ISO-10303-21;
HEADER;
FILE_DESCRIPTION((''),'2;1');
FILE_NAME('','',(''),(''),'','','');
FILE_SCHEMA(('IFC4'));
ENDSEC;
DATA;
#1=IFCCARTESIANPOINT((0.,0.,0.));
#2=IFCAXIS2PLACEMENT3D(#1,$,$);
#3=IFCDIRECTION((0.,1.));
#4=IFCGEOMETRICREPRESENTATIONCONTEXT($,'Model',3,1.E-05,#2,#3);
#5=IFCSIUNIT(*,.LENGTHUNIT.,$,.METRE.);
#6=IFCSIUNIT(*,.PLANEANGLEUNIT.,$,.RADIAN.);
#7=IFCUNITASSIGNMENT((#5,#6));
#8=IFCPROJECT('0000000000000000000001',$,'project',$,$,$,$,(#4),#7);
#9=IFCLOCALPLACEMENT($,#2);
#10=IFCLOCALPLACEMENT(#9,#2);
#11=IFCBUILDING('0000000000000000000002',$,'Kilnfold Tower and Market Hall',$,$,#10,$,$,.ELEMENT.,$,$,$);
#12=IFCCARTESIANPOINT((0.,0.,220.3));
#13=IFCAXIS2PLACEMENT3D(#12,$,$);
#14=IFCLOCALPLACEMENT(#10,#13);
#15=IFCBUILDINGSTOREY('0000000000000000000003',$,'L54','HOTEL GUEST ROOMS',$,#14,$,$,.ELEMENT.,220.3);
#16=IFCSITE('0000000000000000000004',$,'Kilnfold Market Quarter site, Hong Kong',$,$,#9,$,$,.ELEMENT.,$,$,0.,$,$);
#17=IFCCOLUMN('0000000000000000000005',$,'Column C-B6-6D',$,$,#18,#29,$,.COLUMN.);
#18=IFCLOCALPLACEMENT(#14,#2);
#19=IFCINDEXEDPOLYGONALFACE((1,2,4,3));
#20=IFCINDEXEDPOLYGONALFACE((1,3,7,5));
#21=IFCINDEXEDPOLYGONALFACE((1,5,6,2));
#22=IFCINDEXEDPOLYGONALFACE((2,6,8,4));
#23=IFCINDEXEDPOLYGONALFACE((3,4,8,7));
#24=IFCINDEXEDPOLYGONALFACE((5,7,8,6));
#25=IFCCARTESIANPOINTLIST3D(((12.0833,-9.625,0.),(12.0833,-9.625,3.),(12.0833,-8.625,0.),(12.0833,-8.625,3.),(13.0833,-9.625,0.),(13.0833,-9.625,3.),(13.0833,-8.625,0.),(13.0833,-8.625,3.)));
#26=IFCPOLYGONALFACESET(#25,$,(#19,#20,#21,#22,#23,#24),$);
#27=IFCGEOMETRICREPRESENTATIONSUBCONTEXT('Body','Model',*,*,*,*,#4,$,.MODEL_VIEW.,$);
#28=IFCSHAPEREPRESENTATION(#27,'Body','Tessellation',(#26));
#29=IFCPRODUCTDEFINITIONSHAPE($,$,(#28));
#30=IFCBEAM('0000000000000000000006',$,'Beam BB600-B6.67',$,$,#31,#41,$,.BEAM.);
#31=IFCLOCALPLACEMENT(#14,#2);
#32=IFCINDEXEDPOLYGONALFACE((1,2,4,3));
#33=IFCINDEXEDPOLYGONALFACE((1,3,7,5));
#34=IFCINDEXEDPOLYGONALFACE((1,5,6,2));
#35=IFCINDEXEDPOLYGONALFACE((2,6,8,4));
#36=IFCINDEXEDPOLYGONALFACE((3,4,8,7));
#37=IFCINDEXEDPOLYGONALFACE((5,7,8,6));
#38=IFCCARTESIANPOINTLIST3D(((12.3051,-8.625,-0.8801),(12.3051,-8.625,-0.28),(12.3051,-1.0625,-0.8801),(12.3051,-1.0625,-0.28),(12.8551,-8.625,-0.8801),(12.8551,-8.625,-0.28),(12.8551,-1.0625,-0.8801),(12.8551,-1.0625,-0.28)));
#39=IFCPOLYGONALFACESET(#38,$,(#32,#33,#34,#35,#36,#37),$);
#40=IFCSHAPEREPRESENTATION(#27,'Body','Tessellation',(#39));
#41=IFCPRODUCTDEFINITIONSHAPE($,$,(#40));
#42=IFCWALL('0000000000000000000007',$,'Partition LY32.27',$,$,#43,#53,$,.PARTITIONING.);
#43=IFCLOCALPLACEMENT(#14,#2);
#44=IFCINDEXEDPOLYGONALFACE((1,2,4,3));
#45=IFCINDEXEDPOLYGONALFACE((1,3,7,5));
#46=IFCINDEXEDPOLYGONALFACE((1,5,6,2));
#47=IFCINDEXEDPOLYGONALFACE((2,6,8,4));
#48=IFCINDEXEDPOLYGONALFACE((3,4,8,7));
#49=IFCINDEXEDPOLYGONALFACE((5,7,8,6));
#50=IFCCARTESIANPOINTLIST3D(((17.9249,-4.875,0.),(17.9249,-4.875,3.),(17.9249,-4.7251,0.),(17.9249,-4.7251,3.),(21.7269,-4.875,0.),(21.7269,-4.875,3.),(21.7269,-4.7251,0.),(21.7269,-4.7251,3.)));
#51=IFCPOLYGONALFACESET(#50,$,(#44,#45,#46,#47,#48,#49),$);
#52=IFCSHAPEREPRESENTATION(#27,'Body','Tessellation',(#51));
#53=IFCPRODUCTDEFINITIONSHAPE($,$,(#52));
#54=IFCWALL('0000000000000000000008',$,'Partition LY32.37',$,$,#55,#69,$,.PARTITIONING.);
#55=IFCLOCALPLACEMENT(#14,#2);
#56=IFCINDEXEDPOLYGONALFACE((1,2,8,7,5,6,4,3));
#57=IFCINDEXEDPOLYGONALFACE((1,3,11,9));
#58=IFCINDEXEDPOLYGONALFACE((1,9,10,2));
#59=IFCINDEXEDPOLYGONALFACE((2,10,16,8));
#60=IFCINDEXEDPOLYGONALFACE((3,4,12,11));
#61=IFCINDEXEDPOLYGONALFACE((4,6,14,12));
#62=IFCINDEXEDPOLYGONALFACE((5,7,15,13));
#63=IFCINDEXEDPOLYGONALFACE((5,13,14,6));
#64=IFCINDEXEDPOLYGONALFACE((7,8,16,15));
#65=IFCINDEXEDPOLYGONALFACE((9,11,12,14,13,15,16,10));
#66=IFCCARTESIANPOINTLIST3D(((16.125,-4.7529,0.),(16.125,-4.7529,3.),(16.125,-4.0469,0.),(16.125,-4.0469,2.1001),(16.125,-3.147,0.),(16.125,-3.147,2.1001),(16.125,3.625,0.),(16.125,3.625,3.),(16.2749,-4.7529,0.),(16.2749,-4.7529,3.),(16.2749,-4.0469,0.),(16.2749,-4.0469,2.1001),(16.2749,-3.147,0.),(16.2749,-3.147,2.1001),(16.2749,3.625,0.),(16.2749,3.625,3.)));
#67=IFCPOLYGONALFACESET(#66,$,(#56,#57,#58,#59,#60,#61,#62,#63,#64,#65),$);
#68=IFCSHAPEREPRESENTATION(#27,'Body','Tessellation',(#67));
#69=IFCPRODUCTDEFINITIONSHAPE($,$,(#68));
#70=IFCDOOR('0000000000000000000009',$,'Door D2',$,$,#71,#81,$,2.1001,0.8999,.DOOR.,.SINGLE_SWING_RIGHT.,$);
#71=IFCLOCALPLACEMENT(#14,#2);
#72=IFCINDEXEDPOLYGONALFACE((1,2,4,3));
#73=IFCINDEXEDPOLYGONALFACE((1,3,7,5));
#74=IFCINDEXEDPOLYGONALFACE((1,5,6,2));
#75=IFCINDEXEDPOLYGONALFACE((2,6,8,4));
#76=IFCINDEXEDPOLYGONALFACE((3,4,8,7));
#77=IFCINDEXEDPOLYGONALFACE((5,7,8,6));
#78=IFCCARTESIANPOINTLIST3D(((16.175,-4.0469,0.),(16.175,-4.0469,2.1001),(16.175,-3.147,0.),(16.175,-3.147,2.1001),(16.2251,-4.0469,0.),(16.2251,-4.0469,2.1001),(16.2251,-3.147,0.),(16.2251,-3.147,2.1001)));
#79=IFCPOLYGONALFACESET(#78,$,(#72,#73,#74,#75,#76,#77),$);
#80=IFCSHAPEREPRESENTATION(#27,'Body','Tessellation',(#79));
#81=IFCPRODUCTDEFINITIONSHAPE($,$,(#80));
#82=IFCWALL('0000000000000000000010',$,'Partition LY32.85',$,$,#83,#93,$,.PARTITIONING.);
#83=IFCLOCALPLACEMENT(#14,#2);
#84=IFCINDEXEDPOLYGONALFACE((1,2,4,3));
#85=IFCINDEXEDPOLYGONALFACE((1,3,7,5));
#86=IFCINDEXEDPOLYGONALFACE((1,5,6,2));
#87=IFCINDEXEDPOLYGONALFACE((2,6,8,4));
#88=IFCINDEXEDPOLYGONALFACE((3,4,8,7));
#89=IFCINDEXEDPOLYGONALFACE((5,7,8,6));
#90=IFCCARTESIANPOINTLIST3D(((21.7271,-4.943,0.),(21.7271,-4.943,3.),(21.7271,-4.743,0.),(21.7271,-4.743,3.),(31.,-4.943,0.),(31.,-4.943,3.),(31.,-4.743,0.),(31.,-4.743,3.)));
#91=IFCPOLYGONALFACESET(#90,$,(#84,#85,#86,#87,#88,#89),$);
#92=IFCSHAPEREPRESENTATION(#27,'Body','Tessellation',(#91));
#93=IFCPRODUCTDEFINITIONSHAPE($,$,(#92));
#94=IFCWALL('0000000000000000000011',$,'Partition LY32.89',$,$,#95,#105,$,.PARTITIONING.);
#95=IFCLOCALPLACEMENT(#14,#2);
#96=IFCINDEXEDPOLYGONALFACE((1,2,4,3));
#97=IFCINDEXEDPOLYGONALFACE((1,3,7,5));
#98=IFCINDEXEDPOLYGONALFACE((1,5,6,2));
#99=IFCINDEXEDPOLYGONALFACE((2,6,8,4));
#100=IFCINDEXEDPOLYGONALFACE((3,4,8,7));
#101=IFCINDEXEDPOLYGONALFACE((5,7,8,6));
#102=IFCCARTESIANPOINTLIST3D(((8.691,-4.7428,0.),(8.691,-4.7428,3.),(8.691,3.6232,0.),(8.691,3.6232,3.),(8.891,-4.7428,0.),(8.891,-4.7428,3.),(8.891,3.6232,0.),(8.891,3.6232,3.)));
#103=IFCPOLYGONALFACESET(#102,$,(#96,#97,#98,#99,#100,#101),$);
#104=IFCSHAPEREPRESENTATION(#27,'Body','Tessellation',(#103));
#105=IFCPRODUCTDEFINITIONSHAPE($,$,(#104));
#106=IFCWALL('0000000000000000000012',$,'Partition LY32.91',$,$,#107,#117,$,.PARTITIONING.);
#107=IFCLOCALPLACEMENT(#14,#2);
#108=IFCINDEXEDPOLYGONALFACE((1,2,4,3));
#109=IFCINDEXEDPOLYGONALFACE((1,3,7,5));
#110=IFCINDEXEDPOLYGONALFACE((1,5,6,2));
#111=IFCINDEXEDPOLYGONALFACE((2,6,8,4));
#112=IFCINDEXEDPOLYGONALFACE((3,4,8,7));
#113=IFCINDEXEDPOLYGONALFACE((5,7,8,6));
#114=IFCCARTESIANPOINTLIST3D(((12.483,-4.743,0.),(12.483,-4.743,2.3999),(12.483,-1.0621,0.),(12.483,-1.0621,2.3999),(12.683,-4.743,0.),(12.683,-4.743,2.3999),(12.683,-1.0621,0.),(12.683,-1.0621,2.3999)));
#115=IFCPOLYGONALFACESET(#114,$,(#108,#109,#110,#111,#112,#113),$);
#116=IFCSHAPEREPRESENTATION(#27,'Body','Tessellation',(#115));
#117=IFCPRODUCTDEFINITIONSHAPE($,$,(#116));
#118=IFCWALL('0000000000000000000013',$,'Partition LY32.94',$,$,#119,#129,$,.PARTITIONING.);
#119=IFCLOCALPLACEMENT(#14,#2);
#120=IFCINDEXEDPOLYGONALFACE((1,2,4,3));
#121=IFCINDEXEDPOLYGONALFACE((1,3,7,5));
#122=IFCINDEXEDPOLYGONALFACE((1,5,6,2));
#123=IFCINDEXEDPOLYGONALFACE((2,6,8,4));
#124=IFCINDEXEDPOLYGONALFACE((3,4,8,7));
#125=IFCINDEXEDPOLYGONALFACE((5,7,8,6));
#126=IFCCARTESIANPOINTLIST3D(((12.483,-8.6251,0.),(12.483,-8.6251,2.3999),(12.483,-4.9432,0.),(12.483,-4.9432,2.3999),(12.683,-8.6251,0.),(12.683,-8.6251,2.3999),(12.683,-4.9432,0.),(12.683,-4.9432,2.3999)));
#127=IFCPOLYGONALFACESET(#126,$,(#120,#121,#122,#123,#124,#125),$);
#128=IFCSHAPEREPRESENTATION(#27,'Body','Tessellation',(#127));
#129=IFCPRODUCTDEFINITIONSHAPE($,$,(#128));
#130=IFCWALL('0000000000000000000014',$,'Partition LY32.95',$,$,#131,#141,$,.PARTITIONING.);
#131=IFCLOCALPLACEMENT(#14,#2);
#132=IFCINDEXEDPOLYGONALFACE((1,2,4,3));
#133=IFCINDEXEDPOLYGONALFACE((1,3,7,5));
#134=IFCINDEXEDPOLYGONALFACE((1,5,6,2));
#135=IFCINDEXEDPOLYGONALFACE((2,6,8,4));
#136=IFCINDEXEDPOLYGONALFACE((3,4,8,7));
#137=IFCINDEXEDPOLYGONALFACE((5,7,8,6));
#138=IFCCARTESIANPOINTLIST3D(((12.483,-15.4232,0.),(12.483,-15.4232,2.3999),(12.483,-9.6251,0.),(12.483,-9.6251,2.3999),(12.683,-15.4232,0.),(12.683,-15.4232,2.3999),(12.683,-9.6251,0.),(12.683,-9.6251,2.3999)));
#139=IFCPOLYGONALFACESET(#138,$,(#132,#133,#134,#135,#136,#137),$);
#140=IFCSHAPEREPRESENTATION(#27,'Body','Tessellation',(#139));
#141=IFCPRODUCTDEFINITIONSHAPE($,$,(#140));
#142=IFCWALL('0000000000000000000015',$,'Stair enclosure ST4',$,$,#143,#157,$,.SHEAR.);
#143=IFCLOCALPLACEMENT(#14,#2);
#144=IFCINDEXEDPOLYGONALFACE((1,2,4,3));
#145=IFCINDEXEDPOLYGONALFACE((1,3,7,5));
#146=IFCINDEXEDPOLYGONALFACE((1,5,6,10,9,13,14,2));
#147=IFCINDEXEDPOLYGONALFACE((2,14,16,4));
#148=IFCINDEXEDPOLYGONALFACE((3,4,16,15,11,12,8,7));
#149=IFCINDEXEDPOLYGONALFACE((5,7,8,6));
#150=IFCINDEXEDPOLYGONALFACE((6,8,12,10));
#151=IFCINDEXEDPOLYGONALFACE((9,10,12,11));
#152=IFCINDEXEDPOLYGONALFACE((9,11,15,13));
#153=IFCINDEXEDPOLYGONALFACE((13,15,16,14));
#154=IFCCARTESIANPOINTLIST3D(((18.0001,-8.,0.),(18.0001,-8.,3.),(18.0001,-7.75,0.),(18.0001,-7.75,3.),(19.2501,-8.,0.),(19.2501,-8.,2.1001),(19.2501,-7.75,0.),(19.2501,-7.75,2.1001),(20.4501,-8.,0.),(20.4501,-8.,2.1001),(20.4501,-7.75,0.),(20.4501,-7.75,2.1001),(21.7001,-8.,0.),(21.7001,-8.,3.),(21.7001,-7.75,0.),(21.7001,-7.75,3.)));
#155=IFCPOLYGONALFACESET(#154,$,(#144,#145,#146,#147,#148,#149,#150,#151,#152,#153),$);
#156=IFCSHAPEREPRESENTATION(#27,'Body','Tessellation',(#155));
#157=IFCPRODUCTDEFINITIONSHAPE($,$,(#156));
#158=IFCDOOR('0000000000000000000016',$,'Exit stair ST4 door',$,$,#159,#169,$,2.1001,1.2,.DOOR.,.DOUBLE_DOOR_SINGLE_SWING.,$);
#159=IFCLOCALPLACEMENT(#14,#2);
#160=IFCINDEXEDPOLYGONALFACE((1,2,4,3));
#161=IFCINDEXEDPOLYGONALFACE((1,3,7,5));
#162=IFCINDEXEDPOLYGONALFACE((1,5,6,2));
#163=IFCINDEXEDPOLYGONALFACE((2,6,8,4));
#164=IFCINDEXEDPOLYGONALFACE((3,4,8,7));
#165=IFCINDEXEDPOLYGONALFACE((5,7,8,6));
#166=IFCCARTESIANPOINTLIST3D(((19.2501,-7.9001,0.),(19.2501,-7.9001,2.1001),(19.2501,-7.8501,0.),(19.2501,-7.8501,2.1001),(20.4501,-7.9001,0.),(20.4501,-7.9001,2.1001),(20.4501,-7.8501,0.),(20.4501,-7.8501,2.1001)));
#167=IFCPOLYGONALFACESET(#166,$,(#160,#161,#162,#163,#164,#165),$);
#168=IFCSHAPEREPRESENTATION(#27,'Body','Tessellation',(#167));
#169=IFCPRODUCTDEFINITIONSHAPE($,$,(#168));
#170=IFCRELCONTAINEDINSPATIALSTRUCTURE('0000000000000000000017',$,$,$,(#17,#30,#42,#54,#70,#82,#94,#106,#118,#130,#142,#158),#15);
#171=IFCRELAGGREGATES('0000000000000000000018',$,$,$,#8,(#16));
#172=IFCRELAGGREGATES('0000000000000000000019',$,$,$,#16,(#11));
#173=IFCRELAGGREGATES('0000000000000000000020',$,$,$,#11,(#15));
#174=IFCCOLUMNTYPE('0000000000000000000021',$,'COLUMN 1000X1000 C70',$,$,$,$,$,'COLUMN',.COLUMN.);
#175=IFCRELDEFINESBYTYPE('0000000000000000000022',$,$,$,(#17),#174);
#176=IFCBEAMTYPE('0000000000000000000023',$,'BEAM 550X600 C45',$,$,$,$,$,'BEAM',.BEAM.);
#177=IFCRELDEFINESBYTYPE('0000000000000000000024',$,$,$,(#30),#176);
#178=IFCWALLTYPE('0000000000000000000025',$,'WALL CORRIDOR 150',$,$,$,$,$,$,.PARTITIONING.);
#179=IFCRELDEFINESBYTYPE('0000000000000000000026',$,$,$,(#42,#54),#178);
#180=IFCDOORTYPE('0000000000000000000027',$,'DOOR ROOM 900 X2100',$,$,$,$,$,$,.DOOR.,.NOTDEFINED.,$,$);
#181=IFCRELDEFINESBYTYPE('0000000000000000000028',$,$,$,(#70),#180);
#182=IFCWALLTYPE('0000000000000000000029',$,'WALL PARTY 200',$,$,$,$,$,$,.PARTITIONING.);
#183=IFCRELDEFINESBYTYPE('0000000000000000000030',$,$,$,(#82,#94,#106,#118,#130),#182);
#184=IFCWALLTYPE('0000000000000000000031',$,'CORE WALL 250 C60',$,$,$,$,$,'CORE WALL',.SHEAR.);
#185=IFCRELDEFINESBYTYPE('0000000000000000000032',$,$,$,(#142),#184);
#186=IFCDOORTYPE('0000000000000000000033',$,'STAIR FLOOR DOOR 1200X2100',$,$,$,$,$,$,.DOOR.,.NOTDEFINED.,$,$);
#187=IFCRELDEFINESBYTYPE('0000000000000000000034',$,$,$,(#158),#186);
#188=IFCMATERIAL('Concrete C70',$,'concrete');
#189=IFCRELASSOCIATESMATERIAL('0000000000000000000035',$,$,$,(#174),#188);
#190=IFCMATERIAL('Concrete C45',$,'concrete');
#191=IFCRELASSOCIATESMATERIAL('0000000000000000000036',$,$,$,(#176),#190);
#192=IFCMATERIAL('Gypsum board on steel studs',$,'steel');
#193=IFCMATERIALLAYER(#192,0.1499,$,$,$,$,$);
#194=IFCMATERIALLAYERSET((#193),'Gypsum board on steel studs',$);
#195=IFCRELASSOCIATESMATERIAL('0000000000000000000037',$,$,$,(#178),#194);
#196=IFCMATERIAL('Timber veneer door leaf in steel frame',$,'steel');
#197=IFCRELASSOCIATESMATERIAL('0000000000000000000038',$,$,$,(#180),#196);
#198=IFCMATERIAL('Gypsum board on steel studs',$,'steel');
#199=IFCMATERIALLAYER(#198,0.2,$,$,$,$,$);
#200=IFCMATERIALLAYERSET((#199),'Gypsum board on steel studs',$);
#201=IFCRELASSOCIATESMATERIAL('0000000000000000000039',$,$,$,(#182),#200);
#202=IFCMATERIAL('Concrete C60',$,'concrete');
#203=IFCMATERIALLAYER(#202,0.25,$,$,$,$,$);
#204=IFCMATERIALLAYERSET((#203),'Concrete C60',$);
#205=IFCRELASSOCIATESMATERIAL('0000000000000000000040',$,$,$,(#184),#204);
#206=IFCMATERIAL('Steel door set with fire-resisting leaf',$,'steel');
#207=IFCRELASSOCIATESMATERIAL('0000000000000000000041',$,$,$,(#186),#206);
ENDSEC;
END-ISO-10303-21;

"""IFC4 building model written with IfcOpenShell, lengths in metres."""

from ifc_helpers import new_model, si_unit, direction, frame, frame_2d, origin, origin_2d, place, context, subcontext, project, spatial, rectangle, extrude, source, transform, mapped, material, layer, layer_set, material_profile, profile_set, type_object, element, fill, save


model = new_model("IFC4")

# Units and contexts
model_context = context("Model", 3, precision=1e-05, world=origin(), true_north=direction((0.0, 1.0)))
body_context = subcontext(model_context, "Body", "Model", "MODEL_VIEW")
ifc_project = project(units=[si_unit("LENGTHUNIT", "METRE"), si_unit("PLANEANGLEUNIT", "RADIAN")], contexts=[model_context])

# Site, building, storey
site_placement = place(None, origin())
site = spatial("IfcSite", under=ifc_project, at=site_placement, Name="Kilnfold Market Quarter site, Hong Kong", CompositionType="ELEMENT", RefElevation=0.0)
building_placement = place(site_placement, origin())
building = spatial("IfcBuilding", under=site, at=building_placement, Name="Kilnfold Tower and Market Hall", CompositionType="ELEMENT")
storey_placement = place(building_placement, frame((0.0, 0.0, 220.3)))
storey = spatial("IfcBuildingStorey", under=building, at=storey_placement, Name="L54", Description="HOTEL GUEST ROOMS", CompositionType="ELEMENT", Elevation=220.3)

# Column
ifc_material_1 = material(Name="Concrete C70", Category="concrete")
ifc_material_profile_1 = material_profile(ifc_material_1, rectangle(XDim=1.0, YDim=1.0, at=origin_2d()), Name="RC 1000x1000")
ifc_profile_set_1 = profile_set([ifc_material_profile_1], Name="Concrete C70")
column_type = type_object("IfcColumnType", Name="COLUMN 1000X1000 C70", ElementType="COLUMN", PredefinedType="COLUMN", material=ifc_profile_set_1)
shared_shape_1 = source(origin(), body_context, "Body", "SweptSolid", [
    extrude(rectangle(XDim=1.0, YDim=1.0, at=origin_2d()), origin(), (0.0, 0.0, 1.0), 3.0),
])
column_placement = place(storey_placement, frame((12.5833, -9.125, 0.0), z_axis=(0.0, 0.0, 1.0), x_axis=(1.0, 0.0, 0.0)))
element("IfcColumn", 1, at=column_placement, inside=storey, type_object=column_type, Name="Column C-B6-6D", PredefinedType="COLUMN", context=body_context, shape_type="MappedRepresentation", body=[
    mapped(shared_shape_1, transform((0.0, 0.0, 0.0))),
])

# Beam
ifc_material_2 = material(Name="Concrete C45", Category="concrete")
ifc_material_profile_2 = material_profile(ifc_material_2, rectangle(XDim=0.55, YDim=0.6001, at=origin_2d()), Name="RC 550x600")
ifc_profile_set_2 = profile_set([ifc_material_profile_2], Name="Concrete C45")
beam_type = type_object("IfcBeamType", Name="BEAM 550X600 C45", ElementType="BEAM", PredefinedType="BEAM", material=ifc_profile_set_2)
shared_shape_2 = source(origin(), body_context, "Body", "SweptSolid", [
    extrude(rectangle(XDim=0.55, YDim=0.6001, at=origin_2d()), origin(), (0.0, 0.0, 1.0), 7.5625),
])
beam_placement = place(storey_placement, frame((12.5801, -8.625, -0.5801), z_axis=(0.0, 1.0, 0.0), x_axis=(-1.0, 0.0, 0.0)))
element("IfcBeam", 2, at=beam_placement, inside=storey, type_object=beam_type, Name="Beam BB600-B6.67", PredefinedType="BEAM", context=body_context, shape_type="MappedRepresentation", body=[
    mapped(shared_shape_2, transform((0.0, 0.0, 0.0))),
])

# Wall
ifc_material_3 = material(Name="Gypsum board on steel studs", Category="steel")
ifc_layer_1 = layer(ifc_material_3, 0.1499)
ifc_layer_set_1 = layer_set([ifc_layer_1], Name="Gypsum board on steel studs")
wall_type_1 = type_object("IfcWallType", Name="WALL CORRIDOR 150", PredefinedType="PARTITIONING", material=ifc_layer_set_1)
wall_1_placement = place(storey_placement, frame((17.925, -4.8, 0.0), z_axis=(0.0, 0.0, 1.0), x_axis=(1.0, 0.0, 0.0)))
element("IfcWall", 3, at=wall_1_placement, inside=storey, type_object=wall_type_1, Name="Partition LY32.27", PredefinedType="PARTITIONING", context=body_context, shape_type="SweptSolid", body=[
    extrude(rectangle(XDim=3.802, YDim=0.1499, at=frame_2d((1.9009, 0.0))), origin(), (0.0, 0.0, 1.0), 3.0),
])

# Wall, opening, door
wall_2_placement = place(storey_placement, frame((16.2, -4.7529, 0.0), z_axis=(0.0, 0.0, 1.0), x_axis=(0.0, 1.0, 0.0)))
wall_2 = element("IfcWall", 4, at=wall_2_placement, inside=storey, type_object=wall_type_1, Name="Partition LY32.37", PredefinedType="PARTITIONING", context=body_context, shape_type="SweptSolid", body=[
    extrude(rectangle(XDim=8.3779, YDim=0.1499, at=frame_2d((4.189, 0.0))), origin(), (0.0, 0.0, 1.0), 3.0),
])
opening_1_placement = place(wall_2_placement, frame((0.7061, 0.0, 0.0)))
opening_1 = element("IfcOpeningElement", 5, at=opening_1_placement, cuts=wall_2, PredefinedType="OPENING", context=body_context, shape_type="SweptSolid", body=[
    extrude(rectangle(XDim=0.8999, YDim=2.1001, at=frame_2d((0.45, 1.05))), frame((0.0, 0.085, 0.0), z_axis=(0.0, -1.0, 0.0), x_axis=(1.0, 0.0, 0.0)), (0.0, 0.0, 1.0), 0.1699),
])
ifc_material_4 = material(Name="Timber veneer door leaf in steel frame", Category="steel")
door_type_1 = type_object("IfcDoorType", Name="DOOR ROOM 900 X2100", OperationType="NOTDEFINED", PredefinedType="DOOR", material=ifc_material_4)
door_1_placement = place(opening_1_placement, origin())
door_1 = element("IfcDoor", 6, at=door_1_placement, inside=storey, type_object=door_type_1, Name="Door D2", OperationType="SINGLE_SWING_RIGHT", OverallHeight=2.1001, OverallWidth=0.8999, PredefinedType="DOOR", context=body_context, shape_type="SweptSolid", body=[
    extrude(rectangle(XDim=0.8999, YDim=2.1001, at=frame_2d((0.45, 1.05))), frame((0.0, 0.0249, 0.0), z_axis=(0.0, -1.0, 0.0), x_axis=(1.0, 0.0, 0.0)), (0.0, 0.0, 1.0), 0.05),
])
fill(opening_1, door_1)

# Walls
ifc_material_5 = material(Name="Gypsum board on steel studs", Category="steel")
ifc_layer_2 = layer(ifc_material_5, 0.2)
ifc_layer_set_2 = layer_set([ifc_layer_2], Name="Gypsum board on steel studs")
wall_type_2 = type_object("IfcWallType", Name="WALL PARTY 200", PredefinedType="PARTITIONING", material=ifc_layer_set_2)
wall_3_placement = place(storey_placement, frame((21.7271, -4.843, 0.0), z_axis=(0.0, 0.0, 1.0), x_axis=(1.0, 0.0, 0.0)))
element("IfcWall", 7, at=wall_3_placement, inside=storey, type_object=wall_type_2, Name="Partition LY32.85", PredefinedType="PARTITIONING", context=body_context, shape_type="SweptSolid", body=[
    extrude(rectangle(XDim=9.2729, YDim=0.2, at=frame_2d((4.6365, 0.0))), origin(), (0.0, 0.0, 1.0), 3.0),
])
wall_4_placement = place(storey_placement, frame((8.791, -4.7429, 0.0), z_axis=(0.0, 0.0, 1.0), x_axis=(0.0, 1.0, 0.0)))
element("IfcWall", 8, at=wall_4_placement, inside=storey, type_object=wall_type_2, Name="Partition LY32.89", PredefinedType="PARTITIONING", context=body_context, shape_type="SweptSolid", body=[
    extrude(rectangle(XDim=8.366, YDim=0.2, at=frame_2d((4.1831, 0.0))), origin(), (0.0, 0.0, 1.0), 3.0),
])
wall_5_placement = place(storey_placement, frame((12.583, -4.7429, 0.0), z_axis=(0.0, 0.0, 1.0), x_axis=(0.0, 1.0, 0.0)))
element("IfcWall", 9, at=wall_5_placement, inside=storey, type_object=wall_type_2, Name="Partition LY32.91", PredefinedType="PARTITIONING", context=body_context, shape_type="SweptSolid", body=[
    extrude(rectangle(XDim=3.6809, YDim=0.2, at=frame_2d((1.8403, 0.0))), origin(), (0.0, 0.0, 1.0), 2.3999),
])
wall_6_placement = place(storey_placement, frame((12.583, -8.625, 0.0), z_axis=(0.0, 0.0, 1.0), x_axis=(0.0, 1.0, 0.0)))
element("IfcWall", 10, at=wall_6_placement, inside=storey, type_object=wall_type_2, Name="Partition LY32.94", PredefinedType="PARTITIONING", context=body_context, shape_type="SweptSolid", body=[
    extrude(rectangle(XDim=3.6819, YDim=0.2, at=frame_2d((1.8408, 0.0))), origin(), (0.0, 0.0, 1.0), 2.3999),
])
wall_7_placement = place(storey_placement, frame((12.583, -15.4231, 0.0), z_axis=(0.0, 0.0, 1.0), x_axis=(0.0, 1.0, 0.0)))
element("IfcWall", 11, at=wall_7_placement, inside=storey, type_object=wall_type_2, Name="Partition LY32.95", PredefinedType="PARTITIONING", context=body_context, shape_type="SweptSolid", body=[
    extrude(rectangle(XDim=5.7981, YDim=0.2, at=frame_2d((2.8989, 0.0))), origin(), (0.0, 0.0, 1.0), 2.3999),
])

# Wall, opening, door
ifc_material_6 = material(Name="Concrete C60", Category="concrete")
ifc_layer_3 = layer(ifc_material_6, 0.25)
ifc_layer_set_3 = layer_set([ifc_layer_3], Name="Concrete C60")
wall_type_3 = type_object("IfcWallType", Name="CORE WALL 250 C60", ElementType="CORE WALL", PredefinedType="SHEAR", material=ifc_layer_set_3)
shared_shape_3 = source(origin(), body_context, "Body", "SweptSolid", [
    extrude(rectangle(XDim=3.7, YDim=0.25, at=frame_2d((1.8501, 0.0))), origin(), (0.0, 0.0, 1.0), 3.0),
])
wall_8_placement = place(storey_placement, frame((18.0, -7.875, 0.0), z_axis=(0.0, 0.0, 1.0), x_axis=(1.0, 0.0, 0.0)))
wall_8 = element("IfcWall", 12, at=wall_8_placement, inside=storey, type_object=wall_type_3, Name="Stair enclosure ST4", PredefinedType="SHEAR", context=body_context, shape_type="MappedRepresentation", body=[
    mapped(shared_shape_3, transform((0.0, 0.0, 0.0))),
])
opening_2_placement = place(wall_8_placement, frame((1.25, 0.0, 0.0)))
opening_2 = element("IfcOpeningElement", 13, at=opening_2_placement, cuts=wall_8, PredefinedType="OPENING", context=body_context, shape_type="SweptSolid", body=[
    extrude(rectangle(XDim=1.2, YDim=2.1001, at=frame_2d((0.6001, 1.05))), frame((0.0, 0.135, 0.0), z_axis=(0.0, -1.0, 0.0), x_axis=(1.0, 0.0, 0.0)), (0.0, 0.0, 1.0), 0.27),
])
ifc_material_7 = material(Name="Steel door set with fire-resisting leaf", Category="steel")
door_type_2 = type_object("IfcDoorType", Name="STAIR FLOOR DOOR 1200X2100", OperationType="NOTDEFINED", PredefinedType="DOOR", material=ifc_material_7)
door_2_placement = place(opening_2_placement, origin())
door_2 = element("IfcDoor", 14, at=door_2_placement, inside=storey, type_object=door_type_2, Name="Exit stair ST4 door", OperationType="DOUBLE_DOOR_SINGLE_SWING", OverallHeight=2.1001, OverallWidth=1.2, PredefinedType="DOOR", context=body_context, shape_type="SweptSolid", body=[
    extrude(rectangle(XDim=1.2, YDim=2.1001, at=frame_2d((0.6001, 1.05))), frame((0.0, 0.0249, 0.0), z_axis=(0.0, -1.0, 0.0), x_axis=(1.0, 0.0, 0.0)), (0.0, 0.0, 1.0), 0.05),
])
fill(opening_2, door_2)

save(model, "model.ifc")
